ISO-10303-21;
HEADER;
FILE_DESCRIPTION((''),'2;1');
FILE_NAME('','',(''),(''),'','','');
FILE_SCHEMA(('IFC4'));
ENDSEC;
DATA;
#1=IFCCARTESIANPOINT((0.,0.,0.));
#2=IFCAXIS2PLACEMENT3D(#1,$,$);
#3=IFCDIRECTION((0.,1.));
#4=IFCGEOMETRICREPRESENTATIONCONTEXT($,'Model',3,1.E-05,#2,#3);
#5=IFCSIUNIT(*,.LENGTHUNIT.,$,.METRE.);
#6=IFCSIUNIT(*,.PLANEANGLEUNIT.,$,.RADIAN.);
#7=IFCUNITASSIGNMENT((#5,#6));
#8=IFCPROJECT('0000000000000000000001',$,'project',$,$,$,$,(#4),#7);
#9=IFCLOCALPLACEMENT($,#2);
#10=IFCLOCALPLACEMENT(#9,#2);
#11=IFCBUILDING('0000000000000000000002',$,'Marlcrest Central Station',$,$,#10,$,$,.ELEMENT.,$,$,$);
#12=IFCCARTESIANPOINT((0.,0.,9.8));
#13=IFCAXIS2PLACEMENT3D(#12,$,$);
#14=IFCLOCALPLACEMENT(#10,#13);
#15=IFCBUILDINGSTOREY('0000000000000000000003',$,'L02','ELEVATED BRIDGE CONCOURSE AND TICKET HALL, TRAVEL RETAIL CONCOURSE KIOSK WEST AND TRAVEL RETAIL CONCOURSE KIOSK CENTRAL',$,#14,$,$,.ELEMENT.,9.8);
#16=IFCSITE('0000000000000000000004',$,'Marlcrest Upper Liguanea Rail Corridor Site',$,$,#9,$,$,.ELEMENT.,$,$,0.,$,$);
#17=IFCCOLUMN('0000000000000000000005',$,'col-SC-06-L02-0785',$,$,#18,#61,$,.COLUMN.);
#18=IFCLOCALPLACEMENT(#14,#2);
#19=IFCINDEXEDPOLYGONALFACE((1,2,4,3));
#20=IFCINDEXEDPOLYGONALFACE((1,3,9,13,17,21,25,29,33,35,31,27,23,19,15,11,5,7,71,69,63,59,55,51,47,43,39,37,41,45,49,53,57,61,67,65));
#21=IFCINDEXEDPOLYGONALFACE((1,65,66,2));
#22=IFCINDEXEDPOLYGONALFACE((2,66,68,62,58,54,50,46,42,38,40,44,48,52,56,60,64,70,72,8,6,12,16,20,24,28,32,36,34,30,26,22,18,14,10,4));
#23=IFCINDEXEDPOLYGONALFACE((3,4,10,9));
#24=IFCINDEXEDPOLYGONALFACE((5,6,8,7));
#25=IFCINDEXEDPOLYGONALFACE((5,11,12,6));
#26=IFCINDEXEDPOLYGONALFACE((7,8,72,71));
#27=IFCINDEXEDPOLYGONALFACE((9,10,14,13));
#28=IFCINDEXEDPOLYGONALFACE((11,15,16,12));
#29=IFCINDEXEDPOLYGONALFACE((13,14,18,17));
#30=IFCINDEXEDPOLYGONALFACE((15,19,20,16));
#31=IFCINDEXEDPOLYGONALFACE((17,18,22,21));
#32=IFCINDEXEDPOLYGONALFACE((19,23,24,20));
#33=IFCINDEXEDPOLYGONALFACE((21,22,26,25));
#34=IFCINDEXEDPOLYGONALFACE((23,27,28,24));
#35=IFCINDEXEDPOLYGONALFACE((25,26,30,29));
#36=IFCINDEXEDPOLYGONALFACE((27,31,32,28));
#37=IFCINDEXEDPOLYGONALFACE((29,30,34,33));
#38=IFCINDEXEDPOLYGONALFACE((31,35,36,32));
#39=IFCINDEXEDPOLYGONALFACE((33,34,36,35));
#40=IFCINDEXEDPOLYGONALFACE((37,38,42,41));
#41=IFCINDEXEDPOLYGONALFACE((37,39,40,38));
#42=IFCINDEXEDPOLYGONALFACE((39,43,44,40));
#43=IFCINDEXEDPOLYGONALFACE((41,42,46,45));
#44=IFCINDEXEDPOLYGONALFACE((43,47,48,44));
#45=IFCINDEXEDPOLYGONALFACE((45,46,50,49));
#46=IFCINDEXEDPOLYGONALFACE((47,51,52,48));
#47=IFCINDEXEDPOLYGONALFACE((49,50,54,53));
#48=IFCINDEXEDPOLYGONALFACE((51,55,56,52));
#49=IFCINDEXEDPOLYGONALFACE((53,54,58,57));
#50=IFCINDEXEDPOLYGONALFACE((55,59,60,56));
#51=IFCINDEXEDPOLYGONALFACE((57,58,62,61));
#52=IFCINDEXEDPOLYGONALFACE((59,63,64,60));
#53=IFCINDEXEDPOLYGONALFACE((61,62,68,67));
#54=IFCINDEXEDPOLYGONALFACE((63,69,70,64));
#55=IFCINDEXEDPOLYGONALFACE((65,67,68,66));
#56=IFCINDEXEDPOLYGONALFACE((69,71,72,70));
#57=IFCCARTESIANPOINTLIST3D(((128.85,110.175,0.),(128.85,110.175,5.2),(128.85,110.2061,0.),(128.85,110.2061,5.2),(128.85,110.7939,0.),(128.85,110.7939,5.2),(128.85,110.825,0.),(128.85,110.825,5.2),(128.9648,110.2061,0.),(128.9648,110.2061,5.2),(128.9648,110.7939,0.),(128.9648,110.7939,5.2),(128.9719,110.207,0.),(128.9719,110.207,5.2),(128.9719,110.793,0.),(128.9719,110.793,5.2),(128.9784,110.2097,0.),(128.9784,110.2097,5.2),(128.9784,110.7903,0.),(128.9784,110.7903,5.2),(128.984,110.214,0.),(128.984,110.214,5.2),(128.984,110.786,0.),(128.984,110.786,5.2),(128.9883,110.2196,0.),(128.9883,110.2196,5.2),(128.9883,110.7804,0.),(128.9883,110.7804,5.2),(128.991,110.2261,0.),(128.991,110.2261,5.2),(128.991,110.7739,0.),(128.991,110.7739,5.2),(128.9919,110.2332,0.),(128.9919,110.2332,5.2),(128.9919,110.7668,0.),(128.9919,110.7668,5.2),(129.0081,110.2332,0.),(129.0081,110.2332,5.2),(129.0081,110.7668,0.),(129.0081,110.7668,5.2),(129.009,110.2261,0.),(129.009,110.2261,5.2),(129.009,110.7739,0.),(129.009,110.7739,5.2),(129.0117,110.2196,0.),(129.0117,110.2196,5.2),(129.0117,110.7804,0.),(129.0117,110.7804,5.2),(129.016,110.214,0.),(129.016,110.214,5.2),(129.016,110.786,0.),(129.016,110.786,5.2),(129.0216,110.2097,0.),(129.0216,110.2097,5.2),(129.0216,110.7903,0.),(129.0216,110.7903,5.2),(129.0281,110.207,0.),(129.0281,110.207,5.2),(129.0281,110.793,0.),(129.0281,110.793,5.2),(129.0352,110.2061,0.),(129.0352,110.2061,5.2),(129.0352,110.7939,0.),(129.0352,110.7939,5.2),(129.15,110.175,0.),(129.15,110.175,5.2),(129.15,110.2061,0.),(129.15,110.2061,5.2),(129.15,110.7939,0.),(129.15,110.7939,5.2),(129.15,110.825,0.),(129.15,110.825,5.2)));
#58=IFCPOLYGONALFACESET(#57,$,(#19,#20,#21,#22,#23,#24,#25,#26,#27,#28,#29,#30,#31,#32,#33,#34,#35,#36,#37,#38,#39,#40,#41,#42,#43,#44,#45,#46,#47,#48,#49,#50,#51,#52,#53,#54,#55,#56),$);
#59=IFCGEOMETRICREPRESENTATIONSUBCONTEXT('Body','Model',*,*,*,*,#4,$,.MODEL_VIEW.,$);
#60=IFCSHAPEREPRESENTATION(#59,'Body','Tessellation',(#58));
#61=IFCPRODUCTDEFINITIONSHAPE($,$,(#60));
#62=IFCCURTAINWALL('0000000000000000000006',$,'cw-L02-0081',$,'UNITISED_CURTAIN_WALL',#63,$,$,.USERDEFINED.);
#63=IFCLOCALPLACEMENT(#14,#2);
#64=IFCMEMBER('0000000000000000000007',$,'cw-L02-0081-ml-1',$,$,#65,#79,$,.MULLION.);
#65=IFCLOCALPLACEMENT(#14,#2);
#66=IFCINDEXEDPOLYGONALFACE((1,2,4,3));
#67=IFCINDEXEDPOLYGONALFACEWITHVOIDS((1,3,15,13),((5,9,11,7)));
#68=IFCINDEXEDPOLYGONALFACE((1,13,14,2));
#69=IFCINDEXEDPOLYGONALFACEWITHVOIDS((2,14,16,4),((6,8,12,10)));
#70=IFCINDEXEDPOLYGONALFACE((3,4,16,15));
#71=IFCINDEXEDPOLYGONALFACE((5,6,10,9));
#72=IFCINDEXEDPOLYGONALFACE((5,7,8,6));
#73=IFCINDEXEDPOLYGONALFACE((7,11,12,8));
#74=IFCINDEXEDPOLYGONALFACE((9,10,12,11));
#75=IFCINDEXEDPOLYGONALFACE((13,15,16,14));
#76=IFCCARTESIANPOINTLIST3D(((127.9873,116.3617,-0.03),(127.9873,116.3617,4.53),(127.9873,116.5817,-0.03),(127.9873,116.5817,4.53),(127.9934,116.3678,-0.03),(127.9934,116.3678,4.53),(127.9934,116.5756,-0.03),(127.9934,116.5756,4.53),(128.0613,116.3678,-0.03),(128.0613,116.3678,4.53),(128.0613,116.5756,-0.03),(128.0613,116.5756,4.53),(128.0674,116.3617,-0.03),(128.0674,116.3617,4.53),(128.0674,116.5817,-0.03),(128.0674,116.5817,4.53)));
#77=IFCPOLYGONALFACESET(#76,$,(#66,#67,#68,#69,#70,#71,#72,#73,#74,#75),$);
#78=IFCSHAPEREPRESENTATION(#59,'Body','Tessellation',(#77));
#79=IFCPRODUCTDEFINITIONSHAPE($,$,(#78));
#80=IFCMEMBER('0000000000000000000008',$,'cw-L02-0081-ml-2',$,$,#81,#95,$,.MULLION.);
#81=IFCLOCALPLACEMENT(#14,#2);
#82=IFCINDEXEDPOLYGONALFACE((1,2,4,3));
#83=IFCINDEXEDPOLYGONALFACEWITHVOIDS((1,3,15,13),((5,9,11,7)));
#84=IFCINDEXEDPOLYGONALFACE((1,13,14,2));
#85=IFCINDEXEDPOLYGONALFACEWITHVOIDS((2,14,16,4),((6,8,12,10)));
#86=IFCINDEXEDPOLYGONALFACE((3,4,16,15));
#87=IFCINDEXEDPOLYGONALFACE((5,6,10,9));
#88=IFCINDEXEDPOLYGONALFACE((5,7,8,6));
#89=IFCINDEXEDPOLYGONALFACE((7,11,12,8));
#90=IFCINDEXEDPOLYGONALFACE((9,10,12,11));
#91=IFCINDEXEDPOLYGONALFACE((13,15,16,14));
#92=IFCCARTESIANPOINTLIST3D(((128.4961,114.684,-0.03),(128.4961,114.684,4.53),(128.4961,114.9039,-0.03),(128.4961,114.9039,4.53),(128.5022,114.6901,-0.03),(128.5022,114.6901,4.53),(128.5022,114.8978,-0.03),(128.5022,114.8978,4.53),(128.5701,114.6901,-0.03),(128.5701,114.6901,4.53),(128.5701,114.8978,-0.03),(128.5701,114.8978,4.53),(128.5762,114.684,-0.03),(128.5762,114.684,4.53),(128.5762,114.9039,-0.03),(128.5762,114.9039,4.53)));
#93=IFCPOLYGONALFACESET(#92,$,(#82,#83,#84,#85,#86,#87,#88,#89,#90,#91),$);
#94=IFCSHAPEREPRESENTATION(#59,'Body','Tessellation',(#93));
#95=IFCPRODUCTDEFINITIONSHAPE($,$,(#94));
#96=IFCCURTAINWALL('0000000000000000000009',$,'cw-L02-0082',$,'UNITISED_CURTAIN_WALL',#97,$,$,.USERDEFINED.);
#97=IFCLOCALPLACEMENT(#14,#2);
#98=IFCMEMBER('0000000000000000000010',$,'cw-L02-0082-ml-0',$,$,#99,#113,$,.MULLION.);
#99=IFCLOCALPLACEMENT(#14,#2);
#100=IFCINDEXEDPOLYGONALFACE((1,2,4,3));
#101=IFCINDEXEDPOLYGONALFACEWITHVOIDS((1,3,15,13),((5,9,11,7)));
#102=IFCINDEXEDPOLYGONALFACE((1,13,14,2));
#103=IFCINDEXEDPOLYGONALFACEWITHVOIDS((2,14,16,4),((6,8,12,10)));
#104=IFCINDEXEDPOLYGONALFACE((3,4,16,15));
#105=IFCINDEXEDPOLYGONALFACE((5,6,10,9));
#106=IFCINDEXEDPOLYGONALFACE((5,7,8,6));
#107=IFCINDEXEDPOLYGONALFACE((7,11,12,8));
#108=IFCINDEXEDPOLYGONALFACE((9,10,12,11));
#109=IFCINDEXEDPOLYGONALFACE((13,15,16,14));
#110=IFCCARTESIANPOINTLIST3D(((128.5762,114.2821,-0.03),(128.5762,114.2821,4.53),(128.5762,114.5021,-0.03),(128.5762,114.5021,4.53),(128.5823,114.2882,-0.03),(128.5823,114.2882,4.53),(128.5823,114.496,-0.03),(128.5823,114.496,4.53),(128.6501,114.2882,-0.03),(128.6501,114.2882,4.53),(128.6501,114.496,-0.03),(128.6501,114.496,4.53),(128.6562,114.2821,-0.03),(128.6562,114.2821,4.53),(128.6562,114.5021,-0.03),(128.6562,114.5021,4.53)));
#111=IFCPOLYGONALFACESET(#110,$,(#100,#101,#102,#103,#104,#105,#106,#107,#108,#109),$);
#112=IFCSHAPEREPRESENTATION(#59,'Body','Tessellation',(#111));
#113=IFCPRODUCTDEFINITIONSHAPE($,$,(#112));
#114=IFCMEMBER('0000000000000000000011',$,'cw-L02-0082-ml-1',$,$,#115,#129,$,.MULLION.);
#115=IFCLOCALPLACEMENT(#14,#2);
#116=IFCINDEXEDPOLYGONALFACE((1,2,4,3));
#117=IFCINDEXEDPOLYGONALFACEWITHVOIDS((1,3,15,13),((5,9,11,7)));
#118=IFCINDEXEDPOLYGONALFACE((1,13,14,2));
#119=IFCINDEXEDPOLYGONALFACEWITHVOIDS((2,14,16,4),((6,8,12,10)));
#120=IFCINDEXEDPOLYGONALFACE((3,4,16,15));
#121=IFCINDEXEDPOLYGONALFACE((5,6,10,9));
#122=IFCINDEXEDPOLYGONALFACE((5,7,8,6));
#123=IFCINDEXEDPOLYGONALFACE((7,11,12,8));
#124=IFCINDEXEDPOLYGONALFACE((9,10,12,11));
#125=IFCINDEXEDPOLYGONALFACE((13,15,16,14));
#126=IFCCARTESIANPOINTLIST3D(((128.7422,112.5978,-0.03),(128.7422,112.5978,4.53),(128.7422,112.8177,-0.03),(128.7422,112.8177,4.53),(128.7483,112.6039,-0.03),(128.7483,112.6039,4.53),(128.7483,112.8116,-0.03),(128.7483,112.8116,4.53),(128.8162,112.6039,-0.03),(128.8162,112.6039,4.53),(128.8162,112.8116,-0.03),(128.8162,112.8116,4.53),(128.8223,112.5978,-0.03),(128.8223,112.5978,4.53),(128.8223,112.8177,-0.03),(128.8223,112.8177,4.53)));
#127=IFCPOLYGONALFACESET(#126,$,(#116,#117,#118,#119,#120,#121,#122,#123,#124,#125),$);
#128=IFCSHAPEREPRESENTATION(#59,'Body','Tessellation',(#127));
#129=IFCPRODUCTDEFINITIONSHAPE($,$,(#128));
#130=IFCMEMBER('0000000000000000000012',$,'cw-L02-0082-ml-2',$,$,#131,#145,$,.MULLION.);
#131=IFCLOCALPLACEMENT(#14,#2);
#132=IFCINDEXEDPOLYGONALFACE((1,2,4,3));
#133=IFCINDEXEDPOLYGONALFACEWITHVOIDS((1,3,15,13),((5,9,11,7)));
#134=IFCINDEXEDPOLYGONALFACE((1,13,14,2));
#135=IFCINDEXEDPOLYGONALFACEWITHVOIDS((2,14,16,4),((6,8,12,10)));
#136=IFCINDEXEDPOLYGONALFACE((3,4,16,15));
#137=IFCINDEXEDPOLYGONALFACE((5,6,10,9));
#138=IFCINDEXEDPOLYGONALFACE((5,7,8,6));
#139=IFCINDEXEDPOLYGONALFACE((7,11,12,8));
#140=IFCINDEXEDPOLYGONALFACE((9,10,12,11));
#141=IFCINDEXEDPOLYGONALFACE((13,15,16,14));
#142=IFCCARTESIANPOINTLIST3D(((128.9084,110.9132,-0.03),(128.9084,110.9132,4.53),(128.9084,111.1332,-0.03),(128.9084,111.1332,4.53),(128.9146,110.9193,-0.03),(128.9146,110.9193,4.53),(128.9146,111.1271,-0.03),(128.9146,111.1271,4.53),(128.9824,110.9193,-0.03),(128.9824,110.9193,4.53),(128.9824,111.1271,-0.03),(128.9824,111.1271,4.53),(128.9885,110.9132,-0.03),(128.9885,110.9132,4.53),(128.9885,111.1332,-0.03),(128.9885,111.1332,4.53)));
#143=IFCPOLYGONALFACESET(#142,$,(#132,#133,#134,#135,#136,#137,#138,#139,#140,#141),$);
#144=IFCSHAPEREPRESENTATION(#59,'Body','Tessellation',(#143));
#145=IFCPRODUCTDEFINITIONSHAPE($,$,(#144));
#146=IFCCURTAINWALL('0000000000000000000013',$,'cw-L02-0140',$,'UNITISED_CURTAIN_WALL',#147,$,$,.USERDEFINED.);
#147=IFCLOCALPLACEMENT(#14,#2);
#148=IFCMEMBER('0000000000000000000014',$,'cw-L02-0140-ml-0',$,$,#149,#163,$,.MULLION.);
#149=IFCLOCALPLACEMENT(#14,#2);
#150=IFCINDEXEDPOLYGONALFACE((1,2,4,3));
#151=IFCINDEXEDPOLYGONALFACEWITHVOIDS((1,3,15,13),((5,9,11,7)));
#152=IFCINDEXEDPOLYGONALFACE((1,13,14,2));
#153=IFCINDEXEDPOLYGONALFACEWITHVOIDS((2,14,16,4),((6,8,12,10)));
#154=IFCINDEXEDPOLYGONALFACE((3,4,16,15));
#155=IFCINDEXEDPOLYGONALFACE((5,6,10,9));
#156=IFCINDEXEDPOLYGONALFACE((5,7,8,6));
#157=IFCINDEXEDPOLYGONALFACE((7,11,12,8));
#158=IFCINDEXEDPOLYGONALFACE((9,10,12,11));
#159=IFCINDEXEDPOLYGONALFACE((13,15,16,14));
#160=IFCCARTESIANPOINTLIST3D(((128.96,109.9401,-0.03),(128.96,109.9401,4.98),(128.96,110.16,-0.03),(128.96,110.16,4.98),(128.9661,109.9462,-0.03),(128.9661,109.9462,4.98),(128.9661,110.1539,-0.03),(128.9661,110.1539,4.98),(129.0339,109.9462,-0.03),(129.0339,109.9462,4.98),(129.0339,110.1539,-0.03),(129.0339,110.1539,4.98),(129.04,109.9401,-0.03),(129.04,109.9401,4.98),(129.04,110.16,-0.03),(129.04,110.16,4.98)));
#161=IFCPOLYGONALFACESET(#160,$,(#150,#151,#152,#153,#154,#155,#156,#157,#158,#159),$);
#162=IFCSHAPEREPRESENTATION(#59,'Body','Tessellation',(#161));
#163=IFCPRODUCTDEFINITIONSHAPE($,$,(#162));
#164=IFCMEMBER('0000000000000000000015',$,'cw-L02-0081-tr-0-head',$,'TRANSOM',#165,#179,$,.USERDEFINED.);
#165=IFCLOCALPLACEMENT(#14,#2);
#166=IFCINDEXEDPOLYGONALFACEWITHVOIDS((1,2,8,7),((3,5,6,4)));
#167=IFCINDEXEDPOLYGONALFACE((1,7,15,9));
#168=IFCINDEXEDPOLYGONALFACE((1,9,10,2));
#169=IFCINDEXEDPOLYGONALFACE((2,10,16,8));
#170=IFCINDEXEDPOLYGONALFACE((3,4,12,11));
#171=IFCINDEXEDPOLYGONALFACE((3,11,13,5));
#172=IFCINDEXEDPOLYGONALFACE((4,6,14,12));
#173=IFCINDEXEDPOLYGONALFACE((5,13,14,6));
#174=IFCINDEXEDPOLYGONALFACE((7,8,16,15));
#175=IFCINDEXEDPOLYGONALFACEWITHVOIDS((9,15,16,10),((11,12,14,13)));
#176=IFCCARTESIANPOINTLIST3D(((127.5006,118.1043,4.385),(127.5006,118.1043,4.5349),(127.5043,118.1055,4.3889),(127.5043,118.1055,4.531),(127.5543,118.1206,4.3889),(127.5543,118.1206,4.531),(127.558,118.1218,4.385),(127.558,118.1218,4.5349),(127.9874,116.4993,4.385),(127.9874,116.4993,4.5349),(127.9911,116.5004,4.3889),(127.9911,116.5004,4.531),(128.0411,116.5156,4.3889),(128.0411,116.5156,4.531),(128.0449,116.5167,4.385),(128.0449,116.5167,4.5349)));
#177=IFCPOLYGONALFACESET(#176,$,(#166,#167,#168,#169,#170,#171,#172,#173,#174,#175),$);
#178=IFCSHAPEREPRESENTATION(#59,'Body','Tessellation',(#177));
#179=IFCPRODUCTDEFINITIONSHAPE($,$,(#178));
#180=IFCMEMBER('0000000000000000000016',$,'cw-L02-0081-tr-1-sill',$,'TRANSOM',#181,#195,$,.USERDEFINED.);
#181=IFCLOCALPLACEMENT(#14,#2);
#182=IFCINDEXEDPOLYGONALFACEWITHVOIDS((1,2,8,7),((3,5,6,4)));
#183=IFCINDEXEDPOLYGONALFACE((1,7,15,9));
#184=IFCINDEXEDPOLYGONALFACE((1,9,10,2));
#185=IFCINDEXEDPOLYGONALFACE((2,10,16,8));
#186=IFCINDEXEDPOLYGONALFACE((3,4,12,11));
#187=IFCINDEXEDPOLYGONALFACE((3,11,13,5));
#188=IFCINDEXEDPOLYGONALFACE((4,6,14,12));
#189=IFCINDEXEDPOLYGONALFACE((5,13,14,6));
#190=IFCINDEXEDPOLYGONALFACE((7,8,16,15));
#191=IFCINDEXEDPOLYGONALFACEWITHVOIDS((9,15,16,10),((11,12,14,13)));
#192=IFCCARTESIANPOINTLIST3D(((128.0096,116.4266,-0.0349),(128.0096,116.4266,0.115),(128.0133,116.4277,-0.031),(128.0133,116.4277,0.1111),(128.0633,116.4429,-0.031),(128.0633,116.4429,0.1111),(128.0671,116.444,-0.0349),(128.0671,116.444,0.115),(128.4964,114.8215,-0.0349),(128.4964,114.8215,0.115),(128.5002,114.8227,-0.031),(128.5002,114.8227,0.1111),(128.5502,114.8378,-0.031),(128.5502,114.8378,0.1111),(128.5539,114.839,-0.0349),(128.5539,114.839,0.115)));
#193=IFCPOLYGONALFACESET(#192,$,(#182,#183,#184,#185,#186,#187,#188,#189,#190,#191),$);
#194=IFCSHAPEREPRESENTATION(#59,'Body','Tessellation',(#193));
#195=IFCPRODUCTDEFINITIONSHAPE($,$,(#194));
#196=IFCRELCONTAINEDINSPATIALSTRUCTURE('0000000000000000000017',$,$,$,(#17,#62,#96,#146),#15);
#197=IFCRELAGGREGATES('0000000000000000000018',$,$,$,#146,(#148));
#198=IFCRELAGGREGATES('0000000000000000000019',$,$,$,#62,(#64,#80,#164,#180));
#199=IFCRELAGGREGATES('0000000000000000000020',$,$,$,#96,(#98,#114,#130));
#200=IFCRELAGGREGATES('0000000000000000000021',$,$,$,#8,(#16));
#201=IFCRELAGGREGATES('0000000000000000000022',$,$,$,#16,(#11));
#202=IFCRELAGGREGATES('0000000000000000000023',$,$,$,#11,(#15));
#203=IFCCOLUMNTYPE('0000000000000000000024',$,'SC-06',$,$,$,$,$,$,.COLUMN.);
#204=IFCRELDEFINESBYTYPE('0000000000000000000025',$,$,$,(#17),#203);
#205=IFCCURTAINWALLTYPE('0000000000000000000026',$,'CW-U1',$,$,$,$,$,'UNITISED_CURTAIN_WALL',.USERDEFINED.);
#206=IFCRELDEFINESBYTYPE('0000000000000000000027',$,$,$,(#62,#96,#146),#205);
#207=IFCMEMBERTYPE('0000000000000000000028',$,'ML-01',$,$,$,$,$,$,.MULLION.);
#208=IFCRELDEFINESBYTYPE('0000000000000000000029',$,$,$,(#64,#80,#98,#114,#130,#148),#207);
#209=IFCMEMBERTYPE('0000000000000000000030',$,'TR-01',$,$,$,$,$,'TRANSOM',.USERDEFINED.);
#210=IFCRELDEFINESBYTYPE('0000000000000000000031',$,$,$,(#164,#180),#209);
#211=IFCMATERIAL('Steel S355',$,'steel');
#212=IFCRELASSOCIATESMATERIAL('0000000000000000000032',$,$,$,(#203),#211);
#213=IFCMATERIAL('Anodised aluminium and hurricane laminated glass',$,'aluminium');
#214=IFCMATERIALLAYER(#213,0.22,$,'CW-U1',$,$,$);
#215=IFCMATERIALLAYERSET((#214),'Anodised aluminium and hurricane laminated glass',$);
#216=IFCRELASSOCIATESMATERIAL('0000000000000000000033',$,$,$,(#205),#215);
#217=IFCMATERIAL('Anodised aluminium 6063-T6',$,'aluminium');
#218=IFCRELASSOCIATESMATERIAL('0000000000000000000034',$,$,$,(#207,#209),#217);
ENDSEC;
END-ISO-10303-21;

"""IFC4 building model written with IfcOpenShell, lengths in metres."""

from ifc_helpers import new_model, si_unit, direction, frame, origin, origin_2d, place, context, subcontext, project, spatial, hollow_rectangle, i_section, extrude, material, layer, layer_set, material_profile, profile_set, type_object, element, aggregate, save


model = new_model("IFC4")

# Units and contexts
model_context = context("Model", 3, precision=1e-05, world=origin(), true_north=direction((0.0, 1.0)))
body_context = subcontext(model_context, "Body", "Model", "MODEL_VIEW")
ifc_project = project(units=[si_unit("LENGTHUNIT", "METRE"), si_unit("PLANEANGLEUNIT", "RADIAN")], contexts=[model_context])

# Site, building, storey
site_placement = place(None, origin())
site = spatial("IfcSite", under=ifc_project, at=site_placement, Name="Marlcrest Upper Liguanea Rail Corridor Site", CompositionType="ELEMENT", RefElevation=0.0)
building_placement = place(site_placement, origin())
building = spatial("IfcBuilding", under=site, at=building_placement, Name="Marlcrest Central Station", CompositionType="ELEMENT")
storey_placement = place(building_placement, frame((0.0, 0.0, 9.8)))
storey = spatial("IfcBuildingStorey", under=building, at=storey_placement, Name="L02", Description="ELEVATED BRIDGE CONCOURSE AND TICKET HALL, TRAVEL RETAIL CONCOURSE KIOSK WEST AND TRAVEL RETAIL CONCOURSE KIOSK CENTRAL", CompositionType="ELEMENT", Elevation=9.8)

# Column
ifc_material_1 = material(Name="Steel S355", Category="steel")
ifc_material_profile_1 = material_profile(ifc_material_1, i_section(OverallWidth=0.3, OverallDepth=0.6499, WebThickness=0.0161, FlangeThickness=0.031, FilletRadius=0.0271, at=origin_2d()), Name="HEB 650")
ifc_profile_set_1 = profile_set([ifc_material_profile_1], Name="Steel S355")
column_type = type_object("IfcColumnType", Name="SC-06", PredefinedType="COLUMN", material=ifc_profile_set_1)
column_placement = place(storey_placement, frame((129.0, 110.5, 0.0), z_axis=(0.0, 0.0, 1.0), x_axis=(1.0, 0.0, 0.0)))
element("IfcColumn", 1, at=column_placement, inside=storey, type_object=column_type, Name="col-SC-06-L02-0785", PredefinedType="COLUMN", context=body_context, shape_type="SweptSolid", body=[
    extrude(i_section(OverallWidth=0.3, OverallDepth=0.6499, WebThickness=0.0161, FlangeThickness=0.031, FilletRadius=0.0271, at=origin_2d()), origin(), (0.0, 0.0, 1.0), 5.2),
])

# Curtain walls, members
ifc_material_2 = material(Name="Anodised aluminium and hurricane laminated glass", Category="aluminium")
ifc_layer_1 = layer(ifc_material_2, 0.22, Name="CW-U1")
ifc_layer_set_1 = layer_set([ifc_layer_1], Name="Anodised aluminium and hurricane laminated glass")
curtain_wall_type = type_object("IfcCurtainWallType", Name="CW-U1", ElementType="UNITISED_CURTAIN_WALL", PredefinedType="USERDEFINED", material=ifc_layer_set_1)
curtain_wall_1_placement = place(storey_placement, origin())
curtain_wall_1 = element("IfcCurtainWall", 2, at=curtain_wall_1_placement, inside=storey, type_object=curtain_wall_type, Name="cw-L02-0081", ObjectType="UNITISED_CURTAIN_WALL", PredefinedType="USERDEFINED")
ifc_material_3 = material(Name="Anodised aluminium 6063-T6", Category="aluminium")
ifc_material_profile_2 = material_profile(ifc_material_3, hollow_rectangle(XDim=0.0801, YDim=0.22, WallThickness=0.0061, at=origin_2d()), Name="AA-RHS 220x80x6")
ifc_profile_set_2 = profile_set([ifc_material_profile_2], Name="Anodised aluminium 6063-T6")
member_type_1 = type_object("IfcMemberType", Name="ML-01", PredefinedType="MULLION", material=ifc_profile_set_2)
member_1_placement = place(storey_placement, frame((128.0273, 116.4717, -0.03), z_axis=(0.0, 0.0, 1.0), x_axis=(1.0, 0.0, 0.0)))
member_1 = element("IfcMember", 3, at=member_1_placement, type_object=member_type_1, Name="cw-L02-0081-ml-1", PredefinedType="MULLION", context=body_context, shape_type="SweptSolid", body=[
    extrude(hollow_rectangle(XDim=0.0801, YDim=0.22, WallThickness=0.0061, at=origin_2d()), origin(), (0.0, 0.0, 1.0), 4.5601),
])
member_2_placement = place(storey_placement, frame((128.5361, 114.7939, -0.03), z_axis=(0.0, 0.0, 1.0), x_axis=(1.0, 0.0, 0.0)))
member_2 = element("IfcMember", 4, at=member_2_placement, type_object=member_type_1, Name="cw-L02-0081-ml-2", PredefinedType="MULLION", context=body_context, shape_type="SweptSolid", body=[
    extrude(hollow_rectangle(XDim=0.0801, YDim=0.22, WallThickness=0.0061, at=origin_2d()), origin(), (0.0, 0.0, 1.0), 4.5601),
])
curtain_wall_2_placement = place(storey_placement, origin())
curtain_wall_2 = element("IfcCurtainWall", 5, at=curtain_wall_2_placement, inside=storey, type_object=curtain_wall_type, Name="cw-L02-0082", ObjectType="UNITISED_CURTAIN_WALL", PredefinedType="USERDEFINED")
member_3_placement = place(storey_placement, frame((128.6162, 114.3921, -0.03), z_axis=(0.0, 0.0, 1.0), x_axis=(1.0, 0.0, 0.0)))
member_3 = element("IfcMember", 6, at=member_3_placement, type_object=member_type_1, Name="cw-L02-0082-ml-0", PredefinedType="MULLION", context=body_context, shape_type="SweptSolid", body=[
    extrude(hollow_rectangle(XDim=0.0801, YDim=0.22, WallThickness=0.0061, at=origin_2d()), origin(), (0.0, 0.0, 1.0), 4.5601),
])
member_4_placement = place(storey_placement, frame((128.7822, 112.7078, -0.03), z_axis=(0.0, 0.0, 1.0), x_axis=(1.0, 0.0, 0.0)))
member_4 = element("IfcMember", 7, at=member_4_placement, type_object=member_type_1, Name="cw-L02-0082-ml-1", PredefinedType="MULLION", context=body_context, shape_type="SweptSolid", body=[
    extrude(hollow_rectangle(XDim=0.0801, YDim=0.22, WallThickness=0.0061, at=origin_2d()), origin(), (0.0, 0.0, 1.0), 4.5601),
])
member_5_placement = place(storey_placement, frame((128.9485, 111.0232, -0.03), z_axis=(0.0, 0.0, 1.0), x_axis=(1.0, 0.0, 0.0)))
member_5 = element("IfcMember", 8, at=member_5_placement, type_object=member_type_1, Name="cw-L02-0082-ml-2", PredefinedType="MULLION", context=body_context, shape_type="SweptSolid", body=[
    extrude(hollow_rectangle(XDim=0.0801, YDim=0.22, WallThickness=0.0061, at=origin_2d()), origin(), (0.0, 0.0, 1.0), 4.5601),
])

# Curtain wall, member
curtain_wall_3_placement = place(storey_placement, origin())
curtain_wall_3 = element("IfcCurtainWall", 9, at=curtain_wall_3_placement, inside=storey, type_object=curtain_wall_type, Name="cw-L02-0140", ObjectType="UNITISED_CURTAIN_WALL", PredefinedType="USERDEFINED")
member_6_placement = place(storey_placement, frame((129.0, 110.05, -0.03), z_axis=(0.0, 0.0, 1.0), x_axis=(1.0, 0.0, 0.0)))
member_6 = element("IfcMember", 10, at=member_6_placement, type_object=member_type_1, Name="cw-L02-0140-ml-0", PredefinedType="MULLION", context=body_context, shape_type="SweptSolid", body=[
    extrude(hollow_rectangle(XDim=0.0801, YDim=0.22, WallThickness=0.0061, at=origin_2d()), origin(), (0.0, 0.0, 1.0), 5.01),
])

# Members
ifc_material_profile_3 = material_profile(ifc_material_3, hollow_rectangle(XDim=0.0601, YDim=0.1499, WallThickness=0.0039, at=origin_2d()), Name="AA-RHS 150x60x4")
ifc_profile_set_3 = profile_set([ifc_material_profile_3], Name="Anodised aluminium 6063-T6")
member_type_2 = type_object("IfcMemberType", Name="TR-01", ElementType="TRANSOM", PredefinedType="USERDEFINED", material=ifc_profile_set_3)
member_7_placement = place(storey_placement, frame((127.5293, 118.113, 4.46), z_axis=(0.290258, -0.956948, 0.0), x_axis=(0.956948, 0.290258, 0.0)))
member_7 = element("IfcMember", 11, at=member_7_placement, type_object=member_type_2, Name="cw-L02-0081-tr-0-head", ObjectType="TRANSOM", PredefinedType="USERDEFINED", context=body_context, shape_type="SweptSolid", body=[
    extrude(hollow_rectangle(XDim=0.0601, YDim=0.1499, WallThickness=0.0039, at=origin_2d()), origin(), (0.0, 0.0, 1.0), 1.6772),
])
member_8_placement = place(storey_placement, frame((128.0383, 116.4353, 0.04), z_axis=(0.290258, -0.956948, 0.0), x_axis=(0.956948, 0.290258, 0.0)))
member_8 = element("IfcMember", 12, at=member_8_placement, type_object=member_type_2, Name="cw-L02-0081-tr-1-sill", ObjectType="TRANSOM", PredefinedType="USERDEFINED", context=body_context, shape_type="SweptSolid", body=[
    extrude(hollow_rectangle(XDim=0.0601, YDim=0.1499, WallThickness=0.0039, at=origin_2d()), origin(), (0.0, 0.0, 1.0), 1.6772),
])

aggregate(curtain_wall_3, [member_6])
aggregate(curtain_wall_1, [member_1, member_2, member_7, member_8])
aggregate(curtain_wall_2, [member_3, member_4, member_5])

save(model, "model.ifc")
